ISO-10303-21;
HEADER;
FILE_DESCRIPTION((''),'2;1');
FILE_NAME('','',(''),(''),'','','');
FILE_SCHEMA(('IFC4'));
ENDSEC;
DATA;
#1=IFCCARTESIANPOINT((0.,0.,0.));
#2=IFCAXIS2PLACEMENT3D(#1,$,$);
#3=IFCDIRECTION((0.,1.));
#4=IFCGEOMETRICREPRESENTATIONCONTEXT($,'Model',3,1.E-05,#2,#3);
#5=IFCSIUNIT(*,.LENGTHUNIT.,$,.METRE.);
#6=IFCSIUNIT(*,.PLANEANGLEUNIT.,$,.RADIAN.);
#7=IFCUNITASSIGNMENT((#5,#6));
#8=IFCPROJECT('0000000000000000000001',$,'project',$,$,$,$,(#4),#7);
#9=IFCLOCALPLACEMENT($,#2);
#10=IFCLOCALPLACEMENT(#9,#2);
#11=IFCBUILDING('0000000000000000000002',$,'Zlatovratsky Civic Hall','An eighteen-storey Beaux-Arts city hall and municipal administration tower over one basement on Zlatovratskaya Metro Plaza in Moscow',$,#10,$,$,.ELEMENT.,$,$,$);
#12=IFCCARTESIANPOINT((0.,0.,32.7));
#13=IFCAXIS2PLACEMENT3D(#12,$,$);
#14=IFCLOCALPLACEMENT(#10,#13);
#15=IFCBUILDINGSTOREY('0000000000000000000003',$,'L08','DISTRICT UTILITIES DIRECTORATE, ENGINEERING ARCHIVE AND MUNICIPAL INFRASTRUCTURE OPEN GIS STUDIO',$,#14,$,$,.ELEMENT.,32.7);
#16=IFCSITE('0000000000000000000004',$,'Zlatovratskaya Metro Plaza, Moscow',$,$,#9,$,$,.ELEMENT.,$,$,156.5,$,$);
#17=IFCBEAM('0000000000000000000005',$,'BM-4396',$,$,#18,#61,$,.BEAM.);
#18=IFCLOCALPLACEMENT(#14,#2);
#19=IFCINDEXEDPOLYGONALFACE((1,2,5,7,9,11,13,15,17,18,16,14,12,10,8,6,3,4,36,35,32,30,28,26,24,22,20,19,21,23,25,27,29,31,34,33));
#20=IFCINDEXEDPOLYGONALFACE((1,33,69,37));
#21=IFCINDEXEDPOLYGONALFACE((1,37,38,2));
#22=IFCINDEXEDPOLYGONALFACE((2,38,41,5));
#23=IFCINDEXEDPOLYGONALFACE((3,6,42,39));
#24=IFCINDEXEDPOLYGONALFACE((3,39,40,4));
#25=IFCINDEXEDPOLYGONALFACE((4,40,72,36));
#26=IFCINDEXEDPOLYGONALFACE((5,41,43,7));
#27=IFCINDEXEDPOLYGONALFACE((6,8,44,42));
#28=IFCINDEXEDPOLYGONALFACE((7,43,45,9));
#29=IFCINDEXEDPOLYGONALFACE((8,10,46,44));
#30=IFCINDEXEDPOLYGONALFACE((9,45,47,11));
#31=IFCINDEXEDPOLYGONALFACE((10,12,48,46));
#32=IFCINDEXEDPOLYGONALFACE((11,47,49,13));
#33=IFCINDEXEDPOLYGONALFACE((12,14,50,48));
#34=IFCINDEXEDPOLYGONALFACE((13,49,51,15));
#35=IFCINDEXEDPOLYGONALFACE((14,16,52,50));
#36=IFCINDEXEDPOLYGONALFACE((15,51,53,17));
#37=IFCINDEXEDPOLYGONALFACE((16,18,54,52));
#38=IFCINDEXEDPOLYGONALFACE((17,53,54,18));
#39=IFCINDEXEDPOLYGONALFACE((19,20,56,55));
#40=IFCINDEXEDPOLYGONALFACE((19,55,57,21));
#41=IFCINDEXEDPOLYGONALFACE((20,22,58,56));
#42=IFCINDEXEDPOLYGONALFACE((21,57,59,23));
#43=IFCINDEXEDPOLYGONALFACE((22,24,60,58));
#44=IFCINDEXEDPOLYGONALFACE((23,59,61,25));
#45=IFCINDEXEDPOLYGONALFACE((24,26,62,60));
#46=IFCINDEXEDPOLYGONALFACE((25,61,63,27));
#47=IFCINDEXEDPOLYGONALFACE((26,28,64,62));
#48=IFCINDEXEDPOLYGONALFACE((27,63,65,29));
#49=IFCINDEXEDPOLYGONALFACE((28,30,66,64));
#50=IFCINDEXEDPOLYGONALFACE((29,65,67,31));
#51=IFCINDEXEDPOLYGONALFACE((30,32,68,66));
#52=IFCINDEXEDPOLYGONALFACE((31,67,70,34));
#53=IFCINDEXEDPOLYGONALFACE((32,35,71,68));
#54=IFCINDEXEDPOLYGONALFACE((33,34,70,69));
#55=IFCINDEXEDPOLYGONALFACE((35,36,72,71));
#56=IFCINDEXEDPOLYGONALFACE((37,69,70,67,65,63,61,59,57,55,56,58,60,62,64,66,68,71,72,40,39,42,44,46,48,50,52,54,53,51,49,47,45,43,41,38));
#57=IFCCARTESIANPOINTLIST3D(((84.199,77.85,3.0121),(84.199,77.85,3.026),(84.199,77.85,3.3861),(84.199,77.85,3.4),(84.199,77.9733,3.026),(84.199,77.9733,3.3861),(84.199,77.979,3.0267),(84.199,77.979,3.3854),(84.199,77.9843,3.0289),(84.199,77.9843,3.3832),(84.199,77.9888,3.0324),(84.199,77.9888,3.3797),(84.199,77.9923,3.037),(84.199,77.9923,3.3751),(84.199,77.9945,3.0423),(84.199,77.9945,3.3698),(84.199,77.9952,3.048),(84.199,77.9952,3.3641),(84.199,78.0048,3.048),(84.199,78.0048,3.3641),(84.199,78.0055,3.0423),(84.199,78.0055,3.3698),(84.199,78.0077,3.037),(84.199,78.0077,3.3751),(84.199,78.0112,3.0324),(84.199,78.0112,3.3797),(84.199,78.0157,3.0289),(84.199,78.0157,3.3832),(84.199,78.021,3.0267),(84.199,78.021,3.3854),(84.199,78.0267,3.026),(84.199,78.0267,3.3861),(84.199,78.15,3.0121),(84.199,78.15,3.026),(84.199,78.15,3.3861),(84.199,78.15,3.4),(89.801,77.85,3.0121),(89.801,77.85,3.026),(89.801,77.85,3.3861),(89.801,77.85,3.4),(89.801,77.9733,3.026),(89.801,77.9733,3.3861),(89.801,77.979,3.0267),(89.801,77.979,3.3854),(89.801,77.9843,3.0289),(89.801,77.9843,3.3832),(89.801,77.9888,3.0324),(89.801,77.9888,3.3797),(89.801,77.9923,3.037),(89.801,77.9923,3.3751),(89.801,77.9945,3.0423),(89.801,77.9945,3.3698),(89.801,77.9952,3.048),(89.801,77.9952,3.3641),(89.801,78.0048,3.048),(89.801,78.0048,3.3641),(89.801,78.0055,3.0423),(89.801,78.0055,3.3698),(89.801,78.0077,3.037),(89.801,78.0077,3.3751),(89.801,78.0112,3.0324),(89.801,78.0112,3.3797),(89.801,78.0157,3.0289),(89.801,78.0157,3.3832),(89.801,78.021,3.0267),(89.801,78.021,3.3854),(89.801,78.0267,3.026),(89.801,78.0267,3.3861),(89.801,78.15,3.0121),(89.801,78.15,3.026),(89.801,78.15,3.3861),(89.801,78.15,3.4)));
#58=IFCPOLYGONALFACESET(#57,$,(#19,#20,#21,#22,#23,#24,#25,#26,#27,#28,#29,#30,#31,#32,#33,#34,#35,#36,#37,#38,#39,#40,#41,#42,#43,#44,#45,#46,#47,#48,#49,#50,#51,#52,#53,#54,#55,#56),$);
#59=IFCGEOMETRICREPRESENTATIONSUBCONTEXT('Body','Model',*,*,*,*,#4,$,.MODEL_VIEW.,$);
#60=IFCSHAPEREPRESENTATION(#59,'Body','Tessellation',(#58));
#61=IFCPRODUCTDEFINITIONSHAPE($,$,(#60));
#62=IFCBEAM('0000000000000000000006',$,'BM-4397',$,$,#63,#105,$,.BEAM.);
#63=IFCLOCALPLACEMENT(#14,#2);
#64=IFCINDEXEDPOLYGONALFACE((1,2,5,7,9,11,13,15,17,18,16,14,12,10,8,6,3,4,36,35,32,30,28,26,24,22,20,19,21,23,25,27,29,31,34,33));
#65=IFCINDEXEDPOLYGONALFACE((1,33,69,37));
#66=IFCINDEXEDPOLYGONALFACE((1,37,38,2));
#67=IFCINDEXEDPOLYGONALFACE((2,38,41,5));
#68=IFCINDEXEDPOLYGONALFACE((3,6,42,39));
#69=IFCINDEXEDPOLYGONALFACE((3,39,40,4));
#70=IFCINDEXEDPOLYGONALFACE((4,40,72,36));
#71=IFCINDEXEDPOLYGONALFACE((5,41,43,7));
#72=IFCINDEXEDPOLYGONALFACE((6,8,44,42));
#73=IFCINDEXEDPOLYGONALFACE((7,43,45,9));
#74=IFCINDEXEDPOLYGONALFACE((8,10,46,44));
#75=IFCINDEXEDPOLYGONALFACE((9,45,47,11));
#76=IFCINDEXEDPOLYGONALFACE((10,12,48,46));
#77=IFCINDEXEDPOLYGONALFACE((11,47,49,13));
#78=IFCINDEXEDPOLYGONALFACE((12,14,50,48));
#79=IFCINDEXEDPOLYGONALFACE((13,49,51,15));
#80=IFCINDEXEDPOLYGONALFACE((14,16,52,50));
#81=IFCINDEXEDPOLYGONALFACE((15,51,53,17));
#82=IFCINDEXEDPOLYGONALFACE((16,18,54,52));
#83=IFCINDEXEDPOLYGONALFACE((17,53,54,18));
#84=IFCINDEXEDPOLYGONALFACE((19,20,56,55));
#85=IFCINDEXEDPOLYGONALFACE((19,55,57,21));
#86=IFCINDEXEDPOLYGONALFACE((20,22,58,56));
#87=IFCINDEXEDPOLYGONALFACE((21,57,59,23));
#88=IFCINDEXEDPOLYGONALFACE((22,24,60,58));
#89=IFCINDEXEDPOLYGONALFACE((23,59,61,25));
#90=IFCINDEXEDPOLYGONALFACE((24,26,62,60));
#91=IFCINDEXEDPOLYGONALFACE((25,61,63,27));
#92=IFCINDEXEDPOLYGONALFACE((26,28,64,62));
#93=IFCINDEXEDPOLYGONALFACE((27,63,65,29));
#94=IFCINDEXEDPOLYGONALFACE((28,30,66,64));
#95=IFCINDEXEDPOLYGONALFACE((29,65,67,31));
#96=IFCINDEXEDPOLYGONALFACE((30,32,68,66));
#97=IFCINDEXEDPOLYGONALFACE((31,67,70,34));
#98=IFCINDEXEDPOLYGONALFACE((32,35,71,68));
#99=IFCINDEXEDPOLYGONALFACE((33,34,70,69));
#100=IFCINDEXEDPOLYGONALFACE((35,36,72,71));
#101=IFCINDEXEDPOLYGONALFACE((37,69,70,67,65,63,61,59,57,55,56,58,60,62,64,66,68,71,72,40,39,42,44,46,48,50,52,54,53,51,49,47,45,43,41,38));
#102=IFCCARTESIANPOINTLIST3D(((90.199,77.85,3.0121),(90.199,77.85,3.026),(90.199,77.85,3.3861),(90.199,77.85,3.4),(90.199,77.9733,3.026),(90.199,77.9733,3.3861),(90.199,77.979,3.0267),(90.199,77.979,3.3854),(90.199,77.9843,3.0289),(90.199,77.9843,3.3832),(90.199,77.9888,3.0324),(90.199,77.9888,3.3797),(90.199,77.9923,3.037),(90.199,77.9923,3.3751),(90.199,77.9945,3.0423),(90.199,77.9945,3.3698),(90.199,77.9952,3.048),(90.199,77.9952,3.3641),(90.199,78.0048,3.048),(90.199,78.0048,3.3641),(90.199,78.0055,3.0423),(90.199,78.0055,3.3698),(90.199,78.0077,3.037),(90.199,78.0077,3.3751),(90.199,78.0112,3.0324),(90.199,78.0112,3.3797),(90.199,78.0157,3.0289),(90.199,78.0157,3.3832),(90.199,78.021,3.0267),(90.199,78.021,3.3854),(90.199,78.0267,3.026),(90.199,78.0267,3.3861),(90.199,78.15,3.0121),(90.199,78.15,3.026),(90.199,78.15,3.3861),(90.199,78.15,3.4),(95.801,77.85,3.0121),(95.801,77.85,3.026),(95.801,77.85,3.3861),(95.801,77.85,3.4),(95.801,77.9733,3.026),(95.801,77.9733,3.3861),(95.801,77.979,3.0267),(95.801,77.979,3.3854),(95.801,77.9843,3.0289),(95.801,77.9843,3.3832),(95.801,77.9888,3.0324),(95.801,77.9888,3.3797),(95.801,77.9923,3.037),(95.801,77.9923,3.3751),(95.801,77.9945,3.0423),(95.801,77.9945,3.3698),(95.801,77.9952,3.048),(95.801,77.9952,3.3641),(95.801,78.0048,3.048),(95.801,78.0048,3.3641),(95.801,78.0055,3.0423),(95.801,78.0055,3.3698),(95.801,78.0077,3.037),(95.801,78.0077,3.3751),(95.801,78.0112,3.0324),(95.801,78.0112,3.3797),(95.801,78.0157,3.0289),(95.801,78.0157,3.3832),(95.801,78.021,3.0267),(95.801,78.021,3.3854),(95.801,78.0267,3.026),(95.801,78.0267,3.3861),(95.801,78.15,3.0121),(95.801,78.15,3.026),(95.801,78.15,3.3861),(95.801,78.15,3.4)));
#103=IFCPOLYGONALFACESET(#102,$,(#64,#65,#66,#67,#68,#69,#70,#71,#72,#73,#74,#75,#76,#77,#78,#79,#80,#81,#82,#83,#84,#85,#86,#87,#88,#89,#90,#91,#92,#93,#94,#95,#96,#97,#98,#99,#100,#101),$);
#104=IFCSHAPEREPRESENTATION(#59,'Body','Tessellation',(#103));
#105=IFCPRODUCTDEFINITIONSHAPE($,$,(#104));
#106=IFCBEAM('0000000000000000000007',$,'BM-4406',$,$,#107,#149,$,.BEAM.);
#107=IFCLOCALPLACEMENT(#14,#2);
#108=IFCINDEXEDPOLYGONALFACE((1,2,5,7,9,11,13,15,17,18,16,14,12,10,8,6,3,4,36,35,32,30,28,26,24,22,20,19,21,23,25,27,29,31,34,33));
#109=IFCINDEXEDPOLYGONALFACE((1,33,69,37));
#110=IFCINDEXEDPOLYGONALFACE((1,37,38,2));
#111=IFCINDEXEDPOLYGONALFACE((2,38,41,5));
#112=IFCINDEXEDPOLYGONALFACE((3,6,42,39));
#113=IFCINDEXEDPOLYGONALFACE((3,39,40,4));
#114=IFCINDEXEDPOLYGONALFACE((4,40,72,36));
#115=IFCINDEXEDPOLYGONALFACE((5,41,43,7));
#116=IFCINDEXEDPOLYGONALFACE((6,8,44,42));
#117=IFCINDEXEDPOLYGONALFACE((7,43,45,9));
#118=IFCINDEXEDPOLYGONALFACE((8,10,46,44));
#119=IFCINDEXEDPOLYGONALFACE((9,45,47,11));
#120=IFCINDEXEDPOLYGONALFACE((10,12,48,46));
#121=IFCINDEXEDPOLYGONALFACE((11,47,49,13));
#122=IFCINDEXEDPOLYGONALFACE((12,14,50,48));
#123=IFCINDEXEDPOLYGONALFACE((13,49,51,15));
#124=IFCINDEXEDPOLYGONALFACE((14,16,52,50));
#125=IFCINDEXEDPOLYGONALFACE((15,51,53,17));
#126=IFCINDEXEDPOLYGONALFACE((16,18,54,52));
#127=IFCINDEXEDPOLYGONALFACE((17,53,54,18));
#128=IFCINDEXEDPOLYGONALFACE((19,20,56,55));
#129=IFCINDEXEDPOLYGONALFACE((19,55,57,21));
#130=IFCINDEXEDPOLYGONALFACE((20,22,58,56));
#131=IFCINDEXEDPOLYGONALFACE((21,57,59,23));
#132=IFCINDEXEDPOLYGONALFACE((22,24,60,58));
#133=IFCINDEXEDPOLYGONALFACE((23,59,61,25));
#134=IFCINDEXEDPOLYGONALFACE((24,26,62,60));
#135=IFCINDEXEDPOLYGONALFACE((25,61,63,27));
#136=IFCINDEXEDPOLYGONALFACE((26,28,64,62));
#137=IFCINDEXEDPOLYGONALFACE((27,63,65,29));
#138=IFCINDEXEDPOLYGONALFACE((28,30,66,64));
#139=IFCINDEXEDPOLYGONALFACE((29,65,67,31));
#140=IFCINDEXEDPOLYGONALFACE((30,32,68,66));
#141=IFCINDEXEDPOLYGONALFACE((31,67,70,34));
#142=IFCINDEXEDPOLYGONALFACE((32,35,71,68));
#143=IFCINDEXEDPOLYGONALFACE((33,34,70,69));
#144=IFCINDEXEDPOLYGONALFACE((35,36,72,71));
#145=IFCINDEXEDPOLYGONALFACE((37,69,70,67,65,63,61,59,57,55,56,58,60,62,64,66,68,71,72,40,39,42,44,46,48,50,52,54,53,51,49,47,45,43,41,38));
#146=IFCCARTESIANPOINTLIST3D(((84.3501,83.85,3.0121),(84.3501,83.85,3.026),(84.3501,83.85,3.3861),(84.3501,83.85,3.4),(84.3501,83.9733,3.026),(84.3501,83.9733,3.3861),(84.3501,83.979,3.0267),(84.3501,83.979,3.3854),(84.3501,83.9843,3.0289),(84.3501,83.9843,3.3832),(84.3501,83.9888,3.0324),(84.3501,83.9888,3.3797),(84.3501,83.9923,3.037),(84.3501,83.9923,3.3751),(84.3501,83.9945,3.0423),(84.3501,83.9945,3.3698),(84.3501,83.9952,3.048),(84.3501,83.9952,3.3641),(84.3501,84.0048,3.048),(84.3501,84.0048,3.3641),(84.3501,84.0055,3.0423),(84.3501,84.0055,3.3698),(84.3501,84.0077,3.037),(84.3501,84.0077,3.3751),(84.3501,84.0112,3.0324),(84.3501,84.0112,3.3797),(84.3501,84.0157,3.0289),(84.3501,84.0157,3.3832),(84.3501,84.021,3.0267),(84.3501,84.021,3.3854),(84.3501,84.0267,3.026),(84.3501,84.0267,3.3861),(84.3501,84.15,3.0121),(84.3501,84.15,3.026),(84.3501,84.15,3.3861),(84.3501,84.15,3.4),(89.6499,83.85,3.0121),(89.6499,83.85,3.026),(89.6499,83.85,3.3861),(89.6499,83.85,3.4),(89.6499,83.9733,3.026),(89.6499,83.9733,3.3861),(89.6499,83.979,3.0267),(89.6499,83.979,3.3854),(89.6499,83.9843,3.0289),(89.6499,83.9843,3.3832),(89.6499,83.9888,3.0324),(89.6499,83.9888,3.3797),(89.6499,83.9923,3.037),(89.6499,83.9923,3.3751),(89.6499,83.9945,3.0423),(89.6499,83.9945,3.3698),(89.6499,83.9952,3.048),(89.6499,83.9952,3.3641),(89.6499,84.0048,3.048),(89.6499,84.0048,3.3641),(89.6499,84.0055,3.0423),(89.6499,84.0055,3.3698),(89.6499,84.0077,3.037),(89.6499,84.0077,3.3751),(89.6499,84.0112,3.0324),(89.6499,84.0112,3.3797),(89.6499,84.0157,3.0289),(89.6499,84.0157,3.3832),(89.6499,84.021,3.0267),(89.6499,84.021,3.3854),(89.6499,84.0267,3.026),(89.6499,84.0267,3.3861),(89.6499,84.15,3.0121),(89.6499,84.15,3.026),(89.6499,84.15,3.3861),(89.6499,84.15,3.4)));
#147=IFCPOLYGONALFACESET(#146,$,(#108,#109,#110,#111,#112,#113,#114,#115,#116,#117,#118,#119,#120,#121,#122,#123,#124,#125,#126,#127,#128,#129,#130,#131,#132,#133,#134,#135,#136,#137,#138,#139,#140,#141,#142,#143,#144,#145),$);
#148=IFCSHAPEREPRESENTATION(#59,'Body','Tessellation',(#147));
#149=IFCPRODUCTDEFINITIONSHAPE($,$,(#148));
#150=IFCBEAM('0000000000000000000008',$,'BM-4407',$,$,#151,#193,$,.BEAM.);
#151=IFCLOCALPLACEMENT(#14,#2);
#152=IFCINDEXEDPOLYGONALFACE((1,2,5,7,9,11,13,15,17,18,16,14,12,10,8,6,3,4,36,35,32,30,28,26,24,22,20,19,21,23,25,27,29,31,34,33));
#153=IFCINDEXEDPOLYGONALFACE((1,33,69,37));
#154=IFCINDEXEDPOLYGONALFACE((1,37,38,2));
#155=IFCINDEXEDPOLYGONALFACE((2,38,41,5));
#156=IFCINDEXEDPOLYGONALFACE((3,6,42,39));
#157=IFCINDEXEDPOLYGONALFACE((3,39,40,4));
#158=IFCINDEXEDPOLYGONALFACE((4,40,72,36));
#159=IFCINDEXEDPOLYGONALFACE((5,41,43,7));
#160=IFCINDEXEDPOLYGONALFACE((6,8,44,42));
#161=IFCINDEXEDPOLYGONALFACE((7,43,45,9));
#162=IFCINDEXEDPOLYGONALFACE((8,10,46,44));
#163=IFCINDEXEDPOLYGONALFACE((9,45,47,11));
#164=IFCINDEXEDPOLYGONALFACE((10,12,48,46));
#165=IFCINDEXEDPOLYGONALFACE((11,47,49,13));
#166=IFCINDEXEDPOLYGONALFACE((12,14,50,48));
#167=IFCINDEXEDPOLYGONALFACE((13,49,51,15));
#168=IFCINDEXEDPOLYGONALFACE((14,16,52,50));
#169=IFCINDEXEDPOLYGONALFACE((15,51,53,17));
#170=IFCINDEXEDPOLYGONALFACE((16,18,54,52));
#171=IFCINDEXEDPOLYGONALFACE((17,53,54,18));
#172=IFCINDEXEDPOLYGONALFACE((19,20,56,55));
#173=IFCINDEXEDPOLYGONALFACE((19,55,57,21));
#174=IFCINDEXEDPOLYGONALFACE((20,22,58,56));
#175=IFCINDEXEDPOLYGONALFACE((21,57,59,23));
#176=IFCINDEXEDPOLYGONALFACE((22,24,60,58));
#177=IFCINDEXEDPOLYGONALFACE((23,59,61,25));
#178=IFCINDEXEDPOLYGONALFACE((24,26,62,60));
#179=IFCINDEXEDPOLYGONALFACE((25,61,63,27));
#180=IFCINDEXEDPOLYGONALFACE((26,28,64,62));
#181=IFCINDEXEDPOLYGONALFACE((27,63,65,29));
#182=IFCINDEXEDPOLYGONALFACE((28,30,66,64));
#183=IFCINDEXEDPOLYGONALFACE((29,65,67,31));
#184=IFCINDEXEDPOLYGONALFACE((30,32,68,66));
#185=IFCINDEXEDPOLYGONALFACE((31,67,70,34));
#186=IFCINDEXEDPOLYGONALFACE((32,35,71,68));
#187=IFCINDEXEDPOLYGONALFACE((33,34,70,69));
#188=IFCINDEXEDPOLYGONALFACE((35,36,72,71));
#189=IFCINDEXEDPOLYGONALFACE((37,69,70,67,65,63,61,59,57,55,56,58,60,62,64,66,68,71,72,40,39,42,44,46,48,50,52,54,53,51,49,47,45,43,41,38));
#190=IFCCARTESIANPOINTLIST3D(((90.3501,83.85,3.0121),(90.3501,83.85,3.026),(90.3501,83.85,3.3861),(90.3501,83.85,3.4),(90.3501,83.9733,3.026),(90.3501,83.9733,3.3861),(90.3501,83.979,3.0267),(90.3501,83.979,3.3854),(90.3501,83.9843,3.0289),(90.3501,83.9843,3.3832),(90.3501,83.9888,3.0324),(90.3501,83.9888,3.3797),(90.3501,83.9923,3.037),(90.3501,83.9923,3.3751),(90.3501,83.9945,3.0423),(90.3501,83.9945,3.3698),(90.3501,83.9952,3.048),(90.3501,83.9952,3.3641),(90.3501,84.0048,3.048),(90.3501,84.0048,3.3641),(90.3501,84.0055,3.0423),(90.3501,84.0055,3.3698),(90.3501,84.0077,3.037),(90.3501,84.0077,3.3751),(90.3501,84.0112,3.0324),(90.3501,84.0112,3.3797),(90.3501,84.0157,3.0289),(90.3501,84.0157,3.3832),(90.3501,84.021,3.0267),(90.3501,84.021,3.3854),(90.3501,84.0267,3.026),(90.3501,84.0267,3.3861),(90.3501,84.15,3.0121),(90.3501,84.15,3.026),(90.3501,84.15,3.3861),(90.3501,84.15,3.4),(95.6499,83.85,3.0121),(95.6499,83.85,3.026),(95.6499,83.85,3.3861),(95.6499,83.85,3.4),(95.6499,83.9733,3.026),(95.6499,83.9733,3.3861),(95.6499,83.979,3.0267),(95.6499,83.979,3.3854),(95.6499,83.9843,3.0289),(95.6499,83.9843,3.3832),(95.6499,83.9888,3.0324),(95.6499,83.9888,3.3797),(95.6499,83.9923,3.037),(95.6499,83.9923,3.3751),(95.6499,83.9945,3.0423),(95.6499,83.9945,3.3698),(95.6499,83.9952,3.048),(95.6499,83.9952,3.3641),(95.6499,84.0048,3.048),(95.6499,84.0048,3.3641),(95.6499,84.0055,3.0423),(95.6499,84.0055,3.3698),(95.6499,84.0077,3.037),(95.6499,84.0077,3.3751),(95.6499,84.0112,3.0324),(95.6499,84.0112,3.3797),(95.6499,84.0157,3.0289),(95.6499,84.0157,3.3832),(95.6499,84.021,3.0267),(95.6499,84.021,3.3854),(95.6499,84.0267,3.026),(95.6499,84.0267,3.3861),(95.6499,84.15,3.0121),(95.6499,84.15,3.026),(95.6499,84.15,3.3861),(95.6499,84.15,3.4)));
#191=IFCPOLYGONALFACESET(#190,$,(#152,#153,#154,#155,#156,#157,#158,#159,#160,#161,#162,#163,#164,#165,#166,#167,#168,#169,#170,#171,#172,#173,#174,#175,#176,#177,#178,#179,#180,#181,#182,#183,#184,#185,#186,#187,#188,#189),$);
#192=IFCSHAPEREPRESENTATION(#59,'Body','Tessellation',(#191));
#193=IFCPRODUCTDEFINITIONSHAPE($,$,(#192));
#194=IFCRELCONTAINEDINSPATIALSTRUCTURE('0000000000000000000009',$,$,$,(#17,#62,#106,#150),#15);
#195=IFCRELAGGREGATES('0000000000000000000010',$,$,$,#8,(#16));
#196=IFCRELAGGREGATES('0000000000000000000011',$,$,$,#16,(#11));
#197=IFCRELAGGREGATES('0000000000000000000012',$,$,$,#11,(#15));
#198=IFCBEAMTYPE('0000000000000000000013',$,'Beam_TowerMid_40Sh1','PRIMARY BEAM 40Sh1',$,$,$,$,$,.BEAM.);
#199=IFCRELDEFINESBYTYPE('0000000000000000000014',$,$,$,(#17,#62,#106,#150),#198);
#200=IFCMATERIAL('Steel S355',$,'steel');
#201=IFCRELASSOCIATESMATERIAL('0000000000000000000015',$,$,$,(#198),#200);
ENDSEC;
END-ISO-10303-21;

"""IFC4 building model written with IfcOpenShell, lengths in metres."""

from ifc_helpers import new_model, si_unit, direction, frame, origin, origin_2d, place, context, subcontext, project, spatial, i_section, extrude, material, material_profile, profile_set, type_object, element, save


model = new_model("IFC4")

# Units and contexts
model_context = context("Model", 3, precision=1e-05, world=origin(), true_north=direction((0.0, 1.0)))
body_context = subcontext(model_context, "Body", "Model", "MODEL_VIEW")
ifc_project = project(units=[si_unit("LENGTHUNIT", "METRE"), si_unit("PLANEANGLEUNIT", "RADIAN")], contexts=[model_context])

# Site, building, storey
site_placement = place(None, origin())
site = spatial("IfcSite", under=ifc_project, at=site_placement, Name="Zlatovratskaya Metro Plaza, Moscow", CompositionType="ELEMENT", RefElevation=156.5)
building_placement = place(site_placement, origin())
building = spatial("IfcBuilding", under=site, at=building_placement, Name="Zlatovratsky Civic Hall", Description="An eighteen-storey Beaux-Arts city hall and municipal administration tower over one basement on Zlatovratskaya Metro Plaza in Moscow", CompositionType="ELEMENT")
storey_placement = place(building_placement, frame((0.0, 0.0, 32.7)))
storey = spatial("IfcBuildingStorey", under=building, at=storey_placement, Name="L08", Description="DISTRICT UTILITIES DIRECTORATE, ENGINEERING ARCHIVE AND MUNICIPAL INFRASTRUCTURE OPEN GIS STUDIO", CompositionType="ELEMENT", Elevation=32.7)

# Shared definitions
ifc_material_1 = material(Name="Steel S355", Category="steel")

# Beams
ifc_material_profile_1 = material_profile(ifc_material_1, i_section(OverallWidth=0.3, OverallDepth=0.3879, WebThickness=0.0095, FlangeThickness=0.0139, FilletRadius=0.022, at=origin_2d()), Name="40Sh1")
ifc_profile_set_1 = profile_set([ifc_material_profile_1], Name="Steel S355")
beam_type = type_object("IfcBeamType", Name="Beam_TowerMid_40Sh1", Description="PRIMARY BEAM 40Sh1", PredefinedType="BEAM", material=ifc_profile_set_1)
for number, where, z_axis, x_axis, name in (
    (1, (84.199, 78.0, 3.2061), (1.0, 0.0, 0.0), (0.0, 1.0, 0.0), "BM-4396"),
    (2, (90.199, 78.0, 3.2061), (1.0, 0.0, 0.0), (0.0, 1.0, 0.0), "BM-4397"),
):
    element("IfcBeam", number, at=place(storey_placement, frame(where, z_axis=z_axis, x_axis=x_axis)), inside=storey, type_object=beam_type, Name=name, PredefinedType="BEAM", context=body_context, shape_type="SweptSolid", body=[
        extrude(i_section(OverallWidth=0.3, OverallDepth=0.3879, WebThickness=0.0095, FlangeThickness=0.0139, FilletRadius=0.022, at=origin_2d()), origin(), (0.0, 0.0, 1.0), 5.6021),
    ])
for number, where, z_axis, x_axis, name in (
    (3, (84.3501, 84.0, 3.2061), (1.0, 0.0, 0.0), (0.0, 1.0, 0.0), "BM-4406"),
    (4, (90.3501, 84.0, 3.2061), (1.0, 0.0, 0.0), (0.0, 1.0, 0.0), "BM-4407"),
):
    element("IfcBeam", number, at=place(storey_placement, frame(where, z_axis=z_axis, x_axis=x_axis)), inside=storey, type_object=beam_type, Name=name, PredefinedType="BEAM", context=body_context, shape_type="SweptSolid", body=[
        extrude(i_section(OverallWidth=0.3, OverallDepth=0.3879, WebThickness=0.0095, FlangeThickness=0.0139, FilletRadius=0.022, at=origin_2d()), origin(), (0.0, 0.0, 1.0), 5.2998),
    ])

save(model, "model.ifc")
